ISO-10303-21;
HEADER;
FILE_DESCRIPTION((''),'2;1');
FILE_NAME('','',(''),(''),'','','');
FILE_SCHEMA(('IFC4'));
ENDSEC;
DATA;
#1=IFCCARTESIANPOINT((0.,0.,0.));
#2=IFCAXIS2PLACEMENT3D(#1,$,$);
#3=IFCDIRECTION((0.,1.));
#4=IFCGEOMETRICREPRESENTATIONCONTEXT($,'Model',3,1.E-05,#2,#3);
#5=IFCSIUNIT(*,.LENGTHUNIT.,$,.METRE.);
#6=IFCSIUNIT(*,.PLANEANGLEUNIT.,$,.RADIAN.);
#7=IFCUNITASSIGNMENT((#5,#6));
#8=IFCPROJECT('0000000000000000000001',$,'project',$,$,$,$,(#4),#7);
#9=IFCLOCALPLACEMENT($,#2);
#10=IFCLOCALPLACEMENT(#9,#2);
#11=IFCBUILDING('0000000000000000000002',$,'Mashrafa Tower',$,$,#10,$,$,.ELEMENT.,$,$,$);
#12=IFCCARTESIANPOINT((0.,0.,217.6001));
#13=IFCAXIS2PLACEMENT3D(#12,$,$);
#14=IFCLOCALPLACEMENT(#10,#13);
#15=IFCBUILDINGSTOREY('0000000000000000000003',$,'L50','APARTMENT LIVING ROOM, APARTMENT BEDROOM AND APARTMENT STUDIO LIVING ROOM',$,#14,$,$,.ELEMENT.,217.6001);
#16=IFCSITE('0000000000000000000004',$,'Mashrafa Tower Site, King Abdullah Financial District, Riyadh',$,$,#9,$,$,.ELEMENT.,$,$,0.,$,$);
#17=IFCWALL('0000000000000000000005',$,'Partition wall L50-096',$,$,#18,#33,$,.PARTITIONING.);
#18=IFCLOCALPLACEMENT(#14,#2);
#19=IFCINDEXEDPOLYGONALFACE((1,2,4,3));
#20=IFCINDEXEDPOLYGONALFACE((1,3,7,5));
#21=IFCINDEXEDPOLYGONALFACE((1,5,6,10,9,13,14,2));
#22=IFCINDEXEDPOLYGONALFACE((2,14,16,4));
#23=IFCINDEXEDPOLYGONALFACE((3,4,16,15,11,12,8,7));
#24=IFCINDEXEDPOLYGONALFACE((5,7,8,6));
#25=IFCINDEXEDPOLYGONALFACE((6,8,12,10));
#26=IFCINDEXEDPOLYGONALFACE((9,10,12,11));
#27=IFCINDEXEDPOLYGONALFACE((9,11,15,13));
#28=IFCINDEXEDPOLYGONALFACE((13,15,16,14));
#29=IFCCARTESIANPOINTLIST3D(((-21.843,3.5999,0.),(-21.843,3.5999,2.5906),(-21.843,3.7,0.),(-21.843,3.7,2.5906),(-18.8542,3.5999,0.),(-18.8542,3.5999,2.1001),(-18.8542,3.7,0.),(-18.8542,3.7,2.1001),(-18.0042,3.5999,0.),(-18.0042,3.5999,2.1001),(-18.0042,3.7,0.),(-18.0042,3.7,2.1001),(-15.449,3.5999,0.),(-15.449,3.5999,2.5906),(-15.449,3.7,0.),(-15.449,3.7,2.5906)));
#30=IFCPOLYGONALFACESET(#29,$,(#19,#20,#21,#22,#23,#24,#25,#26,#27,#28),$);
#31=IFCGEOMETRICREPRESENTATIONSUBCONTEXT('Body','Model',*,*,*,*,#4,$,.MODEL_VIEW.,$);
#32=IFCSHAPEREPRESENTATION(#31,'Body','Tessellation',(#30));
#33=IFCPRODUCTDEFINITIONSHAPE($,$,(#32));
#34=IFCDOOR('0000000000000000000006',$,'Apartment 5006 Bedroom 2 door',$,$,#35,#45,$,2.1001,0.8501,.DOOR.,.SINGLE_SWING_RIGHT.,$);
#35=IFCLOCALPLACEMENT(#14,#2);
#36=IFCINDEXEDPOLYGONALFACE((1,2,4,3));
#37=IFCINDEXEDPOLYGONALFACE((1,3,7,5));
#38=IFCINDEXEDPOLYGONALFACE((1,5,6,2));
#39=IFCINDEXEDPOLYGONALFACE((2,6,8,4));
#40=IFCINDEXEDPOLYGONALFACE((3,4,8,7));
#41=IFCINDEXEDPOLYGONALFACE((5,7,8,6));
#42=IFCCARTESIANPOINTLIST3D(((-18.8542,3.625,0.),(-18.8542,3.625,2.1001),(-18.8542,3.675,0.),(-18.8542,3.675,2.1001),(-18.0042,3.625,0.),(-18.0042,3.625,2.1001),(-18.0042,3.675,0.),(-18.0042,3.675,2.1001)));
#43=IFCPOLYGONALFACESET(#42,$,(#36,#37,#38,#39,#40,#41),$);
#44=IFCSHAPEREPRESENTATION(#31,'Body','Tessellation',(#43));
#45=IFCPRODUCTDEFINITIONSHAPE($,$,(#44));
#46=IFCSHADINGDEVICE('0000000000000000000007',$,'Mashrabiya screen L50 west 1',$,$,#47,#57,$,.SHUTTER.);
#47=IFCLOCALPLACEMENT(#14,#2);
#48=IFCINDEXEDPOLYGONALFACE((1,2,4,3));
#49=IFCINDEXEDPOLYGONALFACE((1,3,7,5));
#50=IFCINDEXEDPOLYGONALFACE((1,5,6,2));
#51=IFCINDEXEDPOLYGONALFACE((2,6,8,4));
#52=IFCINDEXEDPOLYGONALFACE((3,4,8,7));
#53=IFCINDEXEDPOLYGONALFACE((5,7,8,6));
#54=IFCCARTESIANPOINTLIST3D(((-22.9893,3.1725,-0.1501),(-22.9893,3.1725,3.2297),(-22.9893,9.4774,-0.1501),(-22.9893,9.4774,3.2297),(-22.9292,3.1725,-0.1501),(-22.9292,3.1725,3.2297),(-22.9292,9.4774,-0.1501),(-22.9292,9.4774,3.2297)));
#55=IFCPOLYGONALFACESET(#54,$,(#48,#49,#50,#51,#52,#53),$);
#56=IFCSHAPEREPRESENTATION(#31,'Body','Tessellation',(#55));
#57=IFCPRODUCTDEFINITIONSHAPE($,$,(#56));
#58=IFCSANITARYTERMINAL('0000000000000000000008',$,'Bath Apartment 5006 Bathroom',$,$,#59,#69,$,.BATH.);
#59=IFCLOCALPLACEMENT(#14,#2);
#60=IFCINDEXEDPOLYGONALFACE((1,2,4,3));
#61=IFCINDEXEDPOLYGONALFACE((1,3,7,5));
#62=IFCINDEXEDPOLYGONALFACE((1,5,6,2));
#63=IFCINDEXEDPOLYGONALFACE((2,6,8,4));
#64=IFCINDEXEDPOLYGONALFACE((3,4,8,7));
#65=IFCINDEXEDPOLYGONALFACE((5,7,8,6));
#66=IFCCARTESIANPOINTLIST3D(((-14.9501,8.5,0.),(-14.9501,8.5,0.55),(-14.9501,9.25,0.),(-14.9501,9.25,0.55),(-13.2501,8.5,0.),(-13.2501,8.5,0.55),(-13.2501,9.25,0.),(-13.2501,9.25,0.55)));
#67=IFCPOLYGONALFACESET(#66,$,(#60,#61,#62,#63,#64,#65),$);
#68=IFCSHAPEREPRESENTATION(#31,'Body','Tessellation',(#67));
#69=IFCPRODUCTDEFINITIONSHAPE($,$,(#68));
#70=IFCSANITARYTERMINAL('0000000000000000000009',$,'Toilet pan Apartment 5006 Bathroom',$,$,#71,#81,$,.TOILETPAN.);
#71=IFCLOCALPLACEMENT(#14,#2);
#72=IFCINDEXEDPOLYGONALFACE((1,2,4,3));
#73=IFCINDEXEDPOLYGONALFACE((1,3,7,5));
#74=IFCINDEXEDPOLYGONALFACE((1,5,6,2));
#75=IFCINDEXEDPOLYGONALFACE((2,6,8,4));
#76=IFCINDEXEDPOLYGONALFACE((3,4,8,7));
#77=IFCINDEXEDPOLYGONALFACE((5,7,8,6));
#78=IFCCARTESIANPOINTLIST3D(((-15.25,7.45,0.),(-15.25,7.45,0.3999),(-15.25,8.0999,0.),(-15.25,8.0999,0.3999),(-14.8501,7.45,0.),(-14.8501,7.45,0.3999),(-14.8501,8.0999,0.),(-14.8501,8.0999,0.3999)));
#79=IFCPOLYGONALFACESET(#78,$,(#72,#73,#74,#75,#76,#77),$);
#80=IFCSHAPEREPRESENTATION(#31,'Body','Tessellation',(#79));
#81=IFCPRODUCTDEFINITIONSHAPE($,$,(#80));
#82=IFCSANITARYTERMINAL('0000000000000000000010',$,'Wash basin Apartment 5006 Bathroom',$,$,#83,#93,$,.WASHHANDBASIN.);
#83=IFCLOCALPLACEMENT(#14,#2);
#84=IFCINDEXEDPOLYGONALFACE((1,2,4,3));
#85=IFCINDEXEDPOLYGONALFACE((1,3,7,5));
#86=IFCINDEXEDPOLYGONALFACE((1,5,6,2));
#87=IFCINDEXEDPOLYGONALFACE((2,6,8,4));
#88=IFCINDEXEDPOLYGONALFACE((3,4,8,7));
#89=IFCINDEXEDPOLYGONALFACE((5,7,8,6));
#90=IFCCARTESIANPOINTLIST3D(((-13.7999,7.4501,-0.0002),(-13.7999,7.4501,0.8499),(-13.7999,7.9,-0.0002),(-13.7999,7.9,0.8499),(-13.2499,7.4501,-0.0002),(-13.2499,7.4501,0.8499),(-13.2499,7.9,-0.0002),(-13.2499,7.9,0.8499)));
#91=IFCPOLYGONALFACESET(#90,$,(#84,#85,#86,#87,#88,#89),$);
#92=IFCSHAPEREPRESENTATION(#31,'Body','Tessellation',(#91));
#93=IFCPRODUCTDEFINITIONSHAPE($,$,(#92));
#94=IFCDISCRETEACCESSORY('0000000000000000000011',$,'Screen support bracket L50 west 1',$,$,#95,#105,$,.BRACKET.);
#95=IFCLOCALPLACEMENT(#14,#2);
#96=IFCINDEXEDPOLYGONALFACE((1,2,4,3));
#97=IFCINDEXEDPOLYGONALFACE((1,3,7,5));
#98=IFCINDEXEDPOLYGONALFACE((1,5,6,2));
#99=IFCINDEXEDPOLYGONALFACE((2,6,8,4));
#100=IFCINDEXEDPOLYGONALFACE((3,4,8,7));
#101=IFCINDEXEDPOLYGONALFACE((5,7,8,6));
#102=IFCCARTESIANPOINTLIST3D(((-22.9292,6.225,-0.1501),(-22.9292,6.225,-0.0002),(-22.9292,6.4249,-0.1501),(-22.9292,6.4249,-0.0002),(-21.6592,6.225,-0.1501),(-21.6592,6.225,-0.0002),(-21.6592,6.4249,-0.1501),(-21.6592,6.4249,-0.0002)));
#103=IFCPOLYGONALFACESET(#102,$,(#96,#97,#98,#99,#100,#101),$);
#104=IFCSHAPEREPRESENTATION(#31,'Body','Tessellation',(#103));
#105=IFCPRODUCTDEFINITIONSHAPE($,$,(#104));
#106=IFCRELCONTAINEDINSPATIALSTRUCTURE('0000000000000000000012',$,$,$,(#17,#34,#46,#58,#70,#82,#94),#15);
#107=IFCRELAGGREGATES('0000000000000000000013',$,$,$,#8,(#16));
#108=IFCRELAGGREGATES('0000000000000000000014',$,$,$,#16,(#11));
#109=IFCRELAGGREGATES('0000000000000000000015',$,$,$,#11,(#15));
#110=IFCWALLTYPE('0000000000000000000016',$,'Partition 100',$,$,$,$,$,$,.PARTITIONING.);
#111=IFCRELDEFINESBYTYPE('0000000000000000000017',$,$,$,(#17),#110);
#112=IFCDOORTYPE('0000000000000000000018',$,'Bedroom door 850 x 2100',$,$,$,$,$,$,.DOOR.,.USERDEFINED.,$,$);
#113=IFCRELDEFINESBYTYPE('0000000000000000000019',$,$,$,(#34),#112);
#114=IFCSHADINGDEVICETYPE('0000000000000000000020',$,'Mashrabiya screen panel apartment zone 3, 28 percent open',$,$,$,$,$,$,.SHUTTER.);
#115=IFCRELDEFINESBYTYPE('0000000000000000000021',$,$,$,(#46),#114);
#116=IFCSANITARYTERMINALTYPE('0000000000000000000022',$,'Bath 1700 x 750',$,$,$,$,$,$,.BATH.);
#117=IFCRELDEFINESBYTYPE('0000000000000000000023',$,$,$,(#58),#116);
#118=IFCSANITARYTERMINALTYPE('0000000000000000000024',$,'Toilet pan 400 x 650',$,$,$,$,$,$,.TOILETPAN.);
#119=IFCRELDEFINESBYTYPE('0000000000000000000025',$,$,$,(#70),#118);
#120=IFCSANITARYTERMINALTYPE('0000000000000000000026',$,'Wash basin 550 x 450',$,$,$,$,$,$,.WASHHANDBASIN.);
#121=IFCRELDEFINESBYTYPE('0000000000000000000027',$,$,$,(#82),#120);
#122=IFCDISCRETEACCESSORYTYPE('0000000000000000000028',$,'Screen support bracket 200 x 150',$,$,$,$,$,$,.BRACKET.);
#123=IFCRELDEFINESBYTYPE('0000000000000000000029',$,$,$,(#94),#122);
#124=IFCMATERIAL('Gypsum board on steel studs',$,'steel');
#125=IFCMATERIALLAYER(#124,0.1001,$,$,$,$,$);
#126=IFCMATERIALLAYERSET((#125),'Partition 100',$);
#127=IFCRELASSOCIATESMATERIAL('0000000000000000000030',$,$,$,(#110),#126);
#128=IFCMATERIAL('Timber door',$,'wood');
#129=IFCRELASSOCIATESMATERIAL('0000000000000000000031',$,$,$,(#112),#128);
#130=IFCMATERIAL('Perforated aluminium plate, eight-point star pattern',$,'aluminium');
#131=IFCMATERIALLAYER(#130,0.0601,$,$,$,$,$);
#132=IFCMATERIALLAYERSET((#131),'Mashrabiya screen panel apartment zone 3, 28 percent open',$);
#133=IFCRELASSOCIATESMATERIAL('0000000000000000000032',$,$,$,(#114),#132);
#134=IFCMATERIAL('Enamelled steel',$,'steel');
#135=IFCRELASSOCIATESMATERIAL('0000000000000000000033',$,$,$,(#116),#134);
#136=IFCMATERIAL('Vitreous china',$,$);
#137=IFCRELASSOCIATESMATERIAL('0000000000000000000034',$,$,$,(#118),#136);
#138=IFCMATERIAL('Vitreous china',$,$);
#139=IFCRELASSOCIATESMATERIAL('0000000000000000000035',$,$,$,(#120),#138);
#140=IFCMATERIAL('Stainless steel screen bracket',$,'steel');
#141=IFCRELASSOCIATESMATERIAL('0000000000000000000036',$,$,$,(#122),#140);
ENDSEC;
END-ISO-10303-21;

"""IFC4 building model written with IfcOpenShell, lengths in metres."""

from ifc_helpers import new_model, si_unit, direction, frame, frame_2d, origin, origin_2d, place, context, subcontext, project, spatial, rectangle, extrude, source, transform, mapped, material, layer, layer_set, type_object, type_shapes, element, fill, save


model = new_model("IFC4")

# Units and contexts
model_context = context("Model", 3, precision=1e-05, world=origin(), true_north=direction((0.0, 1.0)))
body_context = subcontext(model_context, "Body", "Model", "MODEL_VIEW")
ifc_project = project(units=[si_unit("LENGTHUNIT", "METRE"), si_unit("PLANEANGLEUNIT", "RADIAN")], contexts=[model_context])

# Site, building, storey
site_placement = place(None, origin())
site = spatial("IfcSite", under=ifc_project, at=site_placement, Name="Mashrafa Tower Site, King Abdullah Financial District, Riyadh", CompositionType="ELEMENT", RefElevation=0.0)
building_placement = place(site_placement, origin())
building = spatial("IfcBuilding", under=site, at=building_placement, Name="Mashrafa Tower", CompositionType="ELEMENT")
storey_placement = place(building_placement, frame((0.0, 0.0, 217.6001)))
storey = spatial("IfcBuildingStorey", under=building, at=storey_placement, Name="L50", Description="APARTMENT LIVING ROOM, APARTMENT BEDROOM AND APARTMENT STUDIO LIVING ROOM", CompositionType="ELEMENT", Elevation=217.6001)

# Shared definitions
ifc_material_1 = material(Name="Gypsum board on steel studs", Category="steel")
ifc_layer_1 = layer(ifc_material_1, 0.1001)
ifc_layer_set_1 = layer_set([ifc_layer_1], Name="Partition 100")
wall_type_1 = type_object("IfcWallType", Name="Partition 100", PredefinedType="PARTITIONING", material=ifc_layer_set_1)

# Shared definitions
ifc_material_2 = material(Name="Timber door", Category="wood")
door_type_1 = type_object("IfcDoorType", Name="Bedroom door 850 x 2100", OperationType="USERDEFINED", PredefinedType="DOOR", material=ifc_material_2)

# Wall, opening, door
wall_1_placement = place(storey_placement, frame((-15.449, 3.6499, 0.0), z_axis=(0.0, 0.0, 1.0), x_axis=(-1.0, 0.0, 0.0)))
wall_1 = element("IfcWall", 1, at=wall_1_placement, inside=storey, type_object=wall_type_1, Name="Partition wall L50-096", PredefinedType="PARTITIONING", context=body_context, shape_type="SweptSolid", body=[
    extrude(rectangle(XDim=6.394, YDim=0.1001, at=frame_2d((3.197, 0.0))), origin(), (0.0, 0.0, 1.0), 2.5906),
])
opening_1_placement = place(wall_1_placement, frame((2.5552, 0.0, 0.0)))
opening_1 = element("IfcOpeningElement", 2, at=opening_1_placement, cuts=wall_1, PredefinedType="OPENING", context=body_context, shape_type="SweptSolid", body=[
    extrude(rectangle(XDim=0.8501, YDim=2.1001, at=frame_2d((0.425, 1.05))), frame((0.0, 0.0601, 0.0), z_axis=(0.0, -1.0, 0.0), x_axis=(1.0, 0.0, 0.0)), (0.0, 0.0, 1.0), 0.1201),
])
door_1_placement = place(opening_1_placement, origin())
door_1 = element("IfcDoor", 3, at=door_1_placement, inside=storey, type_object=door_type_1, Name="Apartment 5006 Bedroom 2 door", OperationType="SINGLE_SWING_RIGHT", OverallHeight=2.1001, OverallWidth=0.8501, PredefinedType="DOOR", context=body_context, shape_type="SweptSolid", body=[
    extrude(rectangle(XDim=0.8501, YDim=2.1001, at=frame_2d((0.425, 1.05))), frame((0.0, 0.0249, 0.0), z_axis=(0.0, -1.0, 0.0), x_axis=(1.0, 0.0, 0.0)), (0.0, 0.0, 1.0), 0.05),
])
fill(opening_1, door_1)

# Shading device
ifc_material_3 = material(Name="Perforated aluminium plate, eight-point star pattern", Category="aluminium")
ifc_layer_2 = layer(ifc_material_3, 0.0601)
ifc_layer_set_2 = layer_set([ifc_layer_2], Name="Mashrabiya screen panel apartment zone 3, 28 percent open")
shading_device_type = type_object("IfcShadingDeviceType", Name="Mashrabiya screen panel apartment zone 3, 28 percent open", PredefinedType="SHUTTER", material=ifc_layer_set_2)
shared_shape_1 = source(origin(), body_context, "Body", "SweptSolid", [
    extrude(rectangle(XDim=6.3049, YDim=0.0601, at=origin_2d()), origin(), (0.0, 0.0, 1.0), 3.3799),
])
type_shapes(shading_device_type, [shared_shape_1])
shading_device_placement = place(storey_placement, frame((-22.9592, 6.325, -0.1501), z_axis=(0.0, 0.0, 1.0), x_axis=(0.0, -1.0, 0.0)))
element("IfcShadingDevice", 4, at=shading_device_placement, inside=storey, type_object=shading_device_type, Name="Mashrabiya screen L50 west 1", PredefinedType="SHUTTER", context=body_context, shape_type="MappedRepresentation", body=[
    mapped(shared_shape_1, transform((0.0, 0.0, 0.0))),
])

# Sanitary terminals
ifc_material_4 = material(Name="Enamelled steel", Category="steel")
sanitary_terminal_type_1 = type_object("IfcSanitaryTerminalType", Name="Bath 1700 x 750", PredefinedType="BATH", material=ifc_material_4)
sanitary_terminal_1_placement = place(storey_placement, frame((-14.1001, 8.875, 0.0), z_axis=(0.0, 0.0, 1.0), x_axis=(-1.0, 0.0, 0.0)))
element("IfcSanitaryTerminal", 5, at=sanitary_terminal_1_placement, inside=storey, type_object=sanitary_terminal_type_1, Name="Bath Apartment 5006 Bathroom", PredefinedType="BATH", context=body_context, shape_type="SweptSolid", body=[
    extrude(rectangle(XDim=1.7, YDim=0.75, at=origin_2d()), origin(), (0.0, 0.0, 1.0), 0.55),
])
ifc_material_5 = material(Name="Vitreous china")
sanitary_terminal_type_2 = type_object("IfcSanitaryTerminalType", Name="Toilet pan 400 x 650", PredefinedType="TOILETPAN", material=ifc_material_5)
sanitary_terminal_2_placement = place(storey_placement, frame((-15.05, 7.7749, 0.0), z_axis=(0.0, 0.0, 1.0), x_axis=(1.0, 0.0, 0.0)))
element("IfcSanitaryTerminal", 6, at=sanitary_terminal_2_placement, inside=storey, type_object=sanitary_terminal_type_2, Name="Toilet pan Apartment 5006 Bathroom", PredefinedType="TOILETPAN", context=body_context, shape_type="SweptSolid", body=[
    extrude(rectangle(XDim=0.3999, YDim=0.6499, at=origin_2d()), origin(), (0.0, 0.0, 1.0), 0.3999),
])
ifc_material_6 = material(Name="Vitreous china")
sanitary_terminal_type_3 = type_object("IfcSanitaryTerminalType", Name="Wash basin 550 x 450", PredefinedType="WASHHANDBASIN", material=ifc_material_6)
sanitary_terminal_3_placement = place(storey_placement, frame((-13.5249, 7.675, -0.0002), z_axis=(0.0, 0.0, 1.0), x_axis=(1.0, 0.0, 0.0)))
element("IfcSanitaryTerminal", 7, at=sanitary_terminal_3_placement, inside=storey, type_object=sanitary_terminal_type_3, Name="Wash basin Apartment 5006 Bathroom", PredefinedType="WASHHANDBASIN", context=body_context, shape_type="SweptSolid", body=[
    extrude(rectangle(XDim=0.55, YDim=0.45, at=origin_2d()), origin(), (0.0, 0.0, 1.0), 0.8501),
])

# Discrete accessory
ifc_material_7 = material(Name="Stainless steel screen bracket", Category="steel")
discrete_accessory_type = type_object("IfcDiscreteAccessoryType", Name="Screen support bracket 200 x 150", PredefinedType="BRACKET", material=ifc_material_7)
shared_shape_2 = source(origin(), body_context, "Body", "SweptSolid", [
    extrude(rectangle(XDim=0.2, YDim=1.27, at=origin_2d()), origin(), (0.0, 0.0, 1.0), 0.1499),
])
type_shapes(discrete_accessory_type, [shared_shape_2])
discrete_accessory_placement = place(storey_placement, frame((-22.2942, 6.325, -0.1501), z_axis=(0.0, 0.0, 1.0), x_axis=(0.0, -1.0, 0.0)))
element("IfcDiscreteAccessory", 8, at=discrete_accessory_placement, inside=storey, type_object=discrete_accessory_type, Name="Screen support bracket L50 west 1", PredefinedType="BRACKET", context=body_context, shape_type="MappedRepresentation", body=[
    mapped(shared_shape_2, transform((0.0, 0.0, 0.0))),
])

save(model, "model.ifc")
